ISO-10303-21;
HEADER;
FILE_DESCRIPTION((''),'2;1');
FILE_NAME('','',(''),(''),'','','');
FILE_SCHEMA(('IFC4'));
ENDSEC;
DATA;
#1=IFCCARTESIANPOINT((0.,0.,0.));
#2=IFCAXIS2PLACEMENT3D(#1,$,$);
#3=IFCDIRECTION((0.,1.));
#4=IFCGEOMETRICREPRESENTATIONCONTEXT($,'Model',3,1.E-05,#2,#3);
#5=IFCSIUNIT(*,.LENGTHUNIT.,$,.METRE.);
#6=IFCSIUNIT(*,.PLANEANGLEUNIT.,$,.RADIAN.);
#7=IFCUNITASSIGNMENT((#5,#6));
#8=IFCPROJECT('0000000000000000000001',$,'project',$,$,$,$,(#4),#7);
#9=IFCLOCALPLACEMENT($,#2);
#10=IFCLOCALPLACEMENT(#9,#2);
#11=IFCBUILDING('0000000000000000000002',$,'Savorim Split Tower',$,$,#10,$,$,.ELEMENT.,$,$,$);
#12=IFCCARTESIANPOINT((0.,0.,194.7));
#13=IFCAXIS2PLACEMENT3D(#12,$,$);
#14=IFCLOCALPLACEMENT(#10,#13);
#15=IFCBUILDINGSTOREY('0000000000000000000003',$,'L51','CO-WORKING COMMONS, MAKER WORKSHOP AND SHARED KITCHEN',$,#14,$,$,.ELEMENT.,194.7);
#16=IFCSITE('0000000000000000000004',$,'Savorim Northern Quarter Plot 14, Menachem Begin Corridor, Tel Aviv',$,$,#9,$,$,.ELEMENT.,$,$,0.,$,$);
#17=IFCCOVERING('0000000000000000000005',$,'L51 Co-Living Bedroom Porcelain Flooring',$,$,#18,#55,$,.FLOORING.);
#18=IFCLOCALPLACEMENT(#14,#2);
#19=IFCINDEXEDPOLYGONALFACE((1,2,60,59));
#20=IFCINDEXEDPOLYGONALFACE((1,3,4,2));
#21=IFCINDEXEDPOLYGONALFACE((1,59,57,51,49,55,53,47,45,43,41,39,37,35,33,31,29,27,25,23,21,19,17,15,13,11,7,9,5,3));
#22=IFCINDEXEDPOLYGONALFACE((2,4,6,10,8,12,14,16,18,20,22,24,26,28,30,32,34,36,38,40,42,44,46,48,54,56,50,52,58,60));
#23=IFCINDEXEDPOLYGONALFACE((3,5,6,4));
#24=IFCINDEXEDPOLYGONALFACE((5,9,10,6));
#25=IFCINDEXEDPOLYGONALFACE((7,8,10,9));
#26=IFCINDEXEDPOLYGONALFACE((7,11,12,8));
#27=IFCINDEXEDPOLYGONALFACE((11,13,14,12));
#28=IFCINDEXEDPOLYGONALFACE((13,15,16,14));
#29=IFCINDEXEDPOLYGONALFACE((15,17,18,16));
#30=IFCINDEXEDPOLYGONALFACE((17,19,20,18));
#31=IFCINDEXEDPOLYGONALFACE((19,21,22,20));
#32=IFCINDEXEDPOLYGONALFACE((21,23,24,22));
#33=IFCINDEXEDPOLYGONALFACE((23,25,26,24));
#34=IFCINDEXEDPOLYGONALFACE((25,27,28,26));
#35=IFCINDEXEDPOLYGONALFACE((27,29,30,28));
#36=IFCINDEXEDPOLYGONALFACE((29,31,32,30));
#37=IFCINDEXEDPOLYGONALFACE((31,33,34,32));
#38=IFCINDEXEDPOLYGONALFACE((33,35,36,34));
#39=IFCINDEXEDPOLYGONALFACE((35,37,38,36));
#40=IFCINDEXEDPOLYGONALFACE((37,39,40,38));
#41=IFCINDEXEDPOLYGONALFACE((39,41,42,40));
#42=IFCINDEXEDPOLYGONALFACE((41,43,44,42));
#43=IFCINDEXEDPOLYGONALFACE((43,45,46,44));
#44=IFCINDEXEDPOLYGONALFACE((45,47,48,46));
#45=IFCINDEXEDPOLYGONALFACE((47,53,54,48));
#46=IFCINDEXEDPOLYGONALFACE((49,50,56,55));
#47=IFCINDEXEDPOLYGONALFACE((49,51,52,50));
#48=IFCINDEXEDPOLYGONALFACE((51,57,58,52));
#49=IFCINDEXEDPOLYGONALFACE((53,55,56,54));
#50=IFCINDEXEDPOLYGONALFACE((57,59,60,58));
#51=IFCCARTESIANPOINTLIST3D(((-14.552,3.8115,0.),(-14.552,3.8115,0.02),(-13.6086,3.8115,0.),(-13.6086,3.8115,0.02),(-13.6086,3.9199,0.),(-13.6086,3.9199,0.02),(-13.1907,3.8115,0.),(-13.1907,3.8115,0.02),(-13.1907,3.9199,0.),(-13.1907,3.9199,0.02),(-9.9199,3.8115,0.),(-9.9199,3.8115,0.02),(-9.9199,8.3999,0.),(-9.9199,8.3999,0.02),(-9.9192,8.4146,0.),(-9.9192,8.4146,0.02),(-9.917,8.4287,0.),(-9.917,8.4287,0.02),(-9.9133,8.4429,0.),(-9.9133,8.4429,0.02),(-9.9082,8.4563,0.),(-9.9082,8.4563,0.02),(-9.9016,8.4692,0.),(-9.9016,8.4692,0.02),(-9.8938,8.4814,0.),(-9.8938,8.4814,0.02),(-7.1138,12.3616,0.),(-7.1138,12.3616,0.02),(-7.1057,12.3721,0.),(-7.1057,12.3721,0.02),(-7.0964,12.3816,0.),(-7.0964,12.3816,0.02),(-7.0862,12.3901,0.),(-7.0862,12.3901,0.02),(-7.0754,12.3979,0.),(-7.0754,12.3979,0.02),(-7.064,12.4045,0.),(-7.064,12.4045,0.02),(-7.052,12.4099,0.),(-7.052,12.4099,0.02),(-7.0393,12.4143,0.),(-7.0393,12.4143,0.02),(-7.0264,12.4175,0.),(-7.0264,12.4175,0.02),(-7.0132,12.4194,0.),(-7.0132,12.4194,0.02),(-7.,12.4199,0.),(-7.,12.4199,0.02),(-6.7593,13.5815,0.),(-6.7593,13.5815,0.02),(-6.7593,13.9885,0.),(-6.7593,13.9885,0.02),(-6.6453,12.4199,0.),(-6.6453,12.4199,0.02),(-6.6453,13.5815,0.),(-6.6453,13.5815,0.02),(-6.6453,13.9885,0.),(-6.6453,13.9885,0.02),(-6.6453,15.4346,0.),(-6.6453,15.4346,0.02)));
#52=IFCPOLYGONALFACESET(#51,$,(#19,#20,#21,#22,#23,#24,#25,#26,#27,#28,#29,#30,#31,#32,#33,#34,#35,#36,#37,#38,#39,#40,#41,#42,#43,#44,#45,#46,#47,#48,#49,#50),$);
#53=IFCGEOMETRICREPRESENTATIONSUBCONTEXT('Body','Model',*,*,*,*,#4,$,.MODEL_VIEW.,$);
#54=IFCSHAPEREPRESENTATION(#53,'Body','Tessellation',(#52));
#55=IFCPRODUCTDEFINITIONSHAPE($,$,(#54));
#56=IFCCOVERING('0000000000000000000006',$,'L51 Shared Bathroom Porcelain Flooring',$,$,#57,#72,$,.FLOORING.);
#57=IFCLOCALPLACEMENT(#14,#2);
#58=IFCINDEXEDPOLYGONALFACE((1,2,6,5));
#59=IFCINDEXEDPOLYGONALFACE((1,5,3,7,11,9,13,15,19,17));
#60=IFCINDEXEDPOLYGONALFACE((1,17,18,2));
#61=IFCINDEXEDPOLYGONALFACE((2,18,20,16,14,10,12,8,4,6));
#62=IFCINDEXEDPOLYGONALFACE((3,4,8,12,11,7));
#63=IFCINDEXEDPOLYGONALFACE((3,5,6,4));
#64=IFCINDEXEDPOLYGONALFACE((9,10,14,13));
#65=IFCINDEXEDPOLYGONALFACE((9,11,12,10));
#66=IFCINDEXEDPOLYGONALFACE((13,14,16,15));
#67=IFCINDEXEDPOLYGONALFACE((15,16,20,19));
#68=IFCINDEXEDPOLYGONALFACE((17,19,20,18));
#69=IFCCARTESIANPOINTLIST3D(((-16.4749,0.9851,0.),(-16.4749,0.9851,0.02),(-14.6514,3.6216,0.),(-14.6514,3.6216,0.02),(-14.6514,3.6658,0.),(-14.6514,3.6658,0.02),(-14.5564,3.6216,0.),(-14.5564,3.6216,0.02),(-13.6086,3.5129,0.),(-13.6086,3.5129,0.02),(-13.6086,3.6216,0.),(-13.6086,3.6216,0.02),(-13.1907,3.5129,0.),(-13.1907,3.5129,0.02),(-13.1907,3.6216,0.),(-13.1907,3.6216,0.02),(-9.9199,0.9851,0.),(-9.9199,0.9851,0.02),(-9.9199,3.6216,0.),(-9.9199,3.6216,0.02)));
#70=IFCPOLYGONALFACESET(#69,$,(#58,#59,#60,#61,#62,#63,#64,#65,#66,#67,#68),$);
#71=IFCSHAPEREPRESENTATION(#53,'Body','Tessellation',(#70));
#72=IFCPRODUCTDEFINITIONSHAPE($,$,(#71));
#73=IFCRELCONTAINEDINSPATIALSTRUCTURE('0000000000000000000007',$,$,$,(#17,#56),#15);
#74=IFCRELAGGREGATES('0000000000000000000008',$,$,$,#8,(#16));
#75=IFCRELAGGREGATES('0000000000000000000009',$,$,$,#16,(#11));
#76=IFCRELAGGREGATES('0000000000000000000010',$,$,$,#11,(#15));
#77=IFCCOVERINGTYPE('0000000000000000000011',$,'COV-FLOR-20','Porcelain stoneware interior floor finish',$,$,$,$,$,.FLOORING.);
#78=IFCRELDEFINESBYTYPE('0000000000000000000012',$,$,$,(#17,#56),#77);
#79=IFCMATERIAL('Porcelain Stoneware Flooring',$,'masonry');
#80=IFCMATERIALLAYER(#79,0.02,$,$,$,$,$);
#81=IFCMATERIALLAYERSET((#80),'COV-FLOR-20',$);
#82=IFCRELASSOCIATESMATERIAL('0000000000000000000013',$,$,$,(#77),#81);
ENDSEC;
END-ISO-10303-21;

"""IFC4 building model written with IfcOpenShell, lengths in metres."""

from ifc_helpers import new_model, si_unit, direction, frame, origin, place, context, subcontext, project, spatial, polyline, outline, extrude, material, layer, layer_set, type_object, element, save


model = new_model("IFC4")

# Units and contexts
model_context = context("Model", 3, precision=1e-05, world=origin(), true_north=direction((0.0, 1.0)))
body_context = subcontext(model_context, "Body", "Model", "MODEL_VIEW")
ifc_project = project(units=[si_unit("LENGTHUNIT", "METRE"), si_unit("PLANEANGLEUNIT", "RADIAN")], contexts=[model_context])

# Site, building, storey
site_placement = place(None, origin())
site = spatial("IfcSite", under=ifc_project, at=site_placement, Name="Savorim Northern Quarter Plot 14, Menachem Begin Corridor, Tel Aviv", CompositionType="ELEMENT", RefElevation=0.0)
building_placement = place(site_placement, origin())
building = spatial("IfcBuilding", under=site, at=building_placement, Name="Savorim Split Tower", CompositionType="ELEMENT")
storey_placement = place(building_placement, frame((0.0, 0.0, 194.7)))
storey = spatial("IfcBuildingStorey", under=building, at=storey_placement, Name="L51", Description="CO-WORKING COMMONS, MAKER WORKSHOP AND SHARED KITCHEN", CompositionType="ELEMENT", Elevation=194.7)

# Coverings
ifc_material_1 = material(Name="Porcelain Stoneware Flooring", Category="masonry")
ifc_layer_1 = layer(ifc_material_1, 0.02)
ifc_layer_set_1 = layer_set([ifc_layer_1], Name="COV-FLOR-20")
covering_type_1 = type_object("IfcCoveringType", Name="COV-FLOR-20", Description="Porcelain stoneware interior floor finish", PredefinedType="FLOORING", material=ifc_layer_set_1)
covering_1_placement = place(storey_placement, origin())
element("IfcCovering", 1, at=covering_1_placement, inside=storey, type_object=covering_type_1, Name="L51 Co-Living Bedroom Porcelain Flooring", PredefinedType="FLOORING", context=body_context, shape_type="SweptSolid", body=[
    extrude(outline(polyline([(-7.0132, 12.4194), (-7.0, 12.4199), (-6.6453, 12.4199), (-6.6453, 13.5815), (-6.7593, 13.5815), (-6.7593, 13.9885), (-6.6453, 13.9885), (-6.6453, 15.4346), (-14.552, 3.8115), (-13.6086, 3.8115), (-13.6086, 3.9199), (-13.1907, 3.9199), (-13.1907, 3.8115), (-9.9199, 3.8115), (-9.9199, 8.3999), (-9.9192, 8.4146), (-9.917, 8.4287), (-9.9133, 8.4429), (-9.9082, 8.4563), (-9.9016, 8.4692), (-9.8938, 8.4814), (-7.1138, 12.3616), (-7.1057, 12.3721), (-7.0964, 12.3816), (-7.0862, 12.3901), (-7.0754, 12.3979), (-7.064, 12.4045), (-7.052, 12.4099), (-7.0393, 12.4143), (-7.0264, 12.4175), (-7.0132, 12.4194)])), origin(), (0.0, 0.0, 1.0), 0.02),
])
covering_2_placement = place(storey_placement, origin())
element("IfcCovering", 2, at=covering_2_placement, inside=storey, type_object=covering_type_1, Name="L51 Shared Bathroom Porcelain Flooring", PredefinedType="FLOORING", context=body_context, shape_type="SweptSolid", body=[
    extrude(outline(polyline([(-13.6086, 3.6216), (-14.5564, 3.6216), (-14.6514, 3.6216), (-14.6514, 3.6658), (-16.4749, 0.9851), (-9.9199, 0.9851), (-9.9199, 3.6216), (-13.1907, 3.6216), (-13.1907, 3.5129), (-13.6086, 3.5129), (-13.6086, 3.6216)])), origin(), (0.0, 0.0, 1.0), 0.02),
])

save(model, "model.ifc")
